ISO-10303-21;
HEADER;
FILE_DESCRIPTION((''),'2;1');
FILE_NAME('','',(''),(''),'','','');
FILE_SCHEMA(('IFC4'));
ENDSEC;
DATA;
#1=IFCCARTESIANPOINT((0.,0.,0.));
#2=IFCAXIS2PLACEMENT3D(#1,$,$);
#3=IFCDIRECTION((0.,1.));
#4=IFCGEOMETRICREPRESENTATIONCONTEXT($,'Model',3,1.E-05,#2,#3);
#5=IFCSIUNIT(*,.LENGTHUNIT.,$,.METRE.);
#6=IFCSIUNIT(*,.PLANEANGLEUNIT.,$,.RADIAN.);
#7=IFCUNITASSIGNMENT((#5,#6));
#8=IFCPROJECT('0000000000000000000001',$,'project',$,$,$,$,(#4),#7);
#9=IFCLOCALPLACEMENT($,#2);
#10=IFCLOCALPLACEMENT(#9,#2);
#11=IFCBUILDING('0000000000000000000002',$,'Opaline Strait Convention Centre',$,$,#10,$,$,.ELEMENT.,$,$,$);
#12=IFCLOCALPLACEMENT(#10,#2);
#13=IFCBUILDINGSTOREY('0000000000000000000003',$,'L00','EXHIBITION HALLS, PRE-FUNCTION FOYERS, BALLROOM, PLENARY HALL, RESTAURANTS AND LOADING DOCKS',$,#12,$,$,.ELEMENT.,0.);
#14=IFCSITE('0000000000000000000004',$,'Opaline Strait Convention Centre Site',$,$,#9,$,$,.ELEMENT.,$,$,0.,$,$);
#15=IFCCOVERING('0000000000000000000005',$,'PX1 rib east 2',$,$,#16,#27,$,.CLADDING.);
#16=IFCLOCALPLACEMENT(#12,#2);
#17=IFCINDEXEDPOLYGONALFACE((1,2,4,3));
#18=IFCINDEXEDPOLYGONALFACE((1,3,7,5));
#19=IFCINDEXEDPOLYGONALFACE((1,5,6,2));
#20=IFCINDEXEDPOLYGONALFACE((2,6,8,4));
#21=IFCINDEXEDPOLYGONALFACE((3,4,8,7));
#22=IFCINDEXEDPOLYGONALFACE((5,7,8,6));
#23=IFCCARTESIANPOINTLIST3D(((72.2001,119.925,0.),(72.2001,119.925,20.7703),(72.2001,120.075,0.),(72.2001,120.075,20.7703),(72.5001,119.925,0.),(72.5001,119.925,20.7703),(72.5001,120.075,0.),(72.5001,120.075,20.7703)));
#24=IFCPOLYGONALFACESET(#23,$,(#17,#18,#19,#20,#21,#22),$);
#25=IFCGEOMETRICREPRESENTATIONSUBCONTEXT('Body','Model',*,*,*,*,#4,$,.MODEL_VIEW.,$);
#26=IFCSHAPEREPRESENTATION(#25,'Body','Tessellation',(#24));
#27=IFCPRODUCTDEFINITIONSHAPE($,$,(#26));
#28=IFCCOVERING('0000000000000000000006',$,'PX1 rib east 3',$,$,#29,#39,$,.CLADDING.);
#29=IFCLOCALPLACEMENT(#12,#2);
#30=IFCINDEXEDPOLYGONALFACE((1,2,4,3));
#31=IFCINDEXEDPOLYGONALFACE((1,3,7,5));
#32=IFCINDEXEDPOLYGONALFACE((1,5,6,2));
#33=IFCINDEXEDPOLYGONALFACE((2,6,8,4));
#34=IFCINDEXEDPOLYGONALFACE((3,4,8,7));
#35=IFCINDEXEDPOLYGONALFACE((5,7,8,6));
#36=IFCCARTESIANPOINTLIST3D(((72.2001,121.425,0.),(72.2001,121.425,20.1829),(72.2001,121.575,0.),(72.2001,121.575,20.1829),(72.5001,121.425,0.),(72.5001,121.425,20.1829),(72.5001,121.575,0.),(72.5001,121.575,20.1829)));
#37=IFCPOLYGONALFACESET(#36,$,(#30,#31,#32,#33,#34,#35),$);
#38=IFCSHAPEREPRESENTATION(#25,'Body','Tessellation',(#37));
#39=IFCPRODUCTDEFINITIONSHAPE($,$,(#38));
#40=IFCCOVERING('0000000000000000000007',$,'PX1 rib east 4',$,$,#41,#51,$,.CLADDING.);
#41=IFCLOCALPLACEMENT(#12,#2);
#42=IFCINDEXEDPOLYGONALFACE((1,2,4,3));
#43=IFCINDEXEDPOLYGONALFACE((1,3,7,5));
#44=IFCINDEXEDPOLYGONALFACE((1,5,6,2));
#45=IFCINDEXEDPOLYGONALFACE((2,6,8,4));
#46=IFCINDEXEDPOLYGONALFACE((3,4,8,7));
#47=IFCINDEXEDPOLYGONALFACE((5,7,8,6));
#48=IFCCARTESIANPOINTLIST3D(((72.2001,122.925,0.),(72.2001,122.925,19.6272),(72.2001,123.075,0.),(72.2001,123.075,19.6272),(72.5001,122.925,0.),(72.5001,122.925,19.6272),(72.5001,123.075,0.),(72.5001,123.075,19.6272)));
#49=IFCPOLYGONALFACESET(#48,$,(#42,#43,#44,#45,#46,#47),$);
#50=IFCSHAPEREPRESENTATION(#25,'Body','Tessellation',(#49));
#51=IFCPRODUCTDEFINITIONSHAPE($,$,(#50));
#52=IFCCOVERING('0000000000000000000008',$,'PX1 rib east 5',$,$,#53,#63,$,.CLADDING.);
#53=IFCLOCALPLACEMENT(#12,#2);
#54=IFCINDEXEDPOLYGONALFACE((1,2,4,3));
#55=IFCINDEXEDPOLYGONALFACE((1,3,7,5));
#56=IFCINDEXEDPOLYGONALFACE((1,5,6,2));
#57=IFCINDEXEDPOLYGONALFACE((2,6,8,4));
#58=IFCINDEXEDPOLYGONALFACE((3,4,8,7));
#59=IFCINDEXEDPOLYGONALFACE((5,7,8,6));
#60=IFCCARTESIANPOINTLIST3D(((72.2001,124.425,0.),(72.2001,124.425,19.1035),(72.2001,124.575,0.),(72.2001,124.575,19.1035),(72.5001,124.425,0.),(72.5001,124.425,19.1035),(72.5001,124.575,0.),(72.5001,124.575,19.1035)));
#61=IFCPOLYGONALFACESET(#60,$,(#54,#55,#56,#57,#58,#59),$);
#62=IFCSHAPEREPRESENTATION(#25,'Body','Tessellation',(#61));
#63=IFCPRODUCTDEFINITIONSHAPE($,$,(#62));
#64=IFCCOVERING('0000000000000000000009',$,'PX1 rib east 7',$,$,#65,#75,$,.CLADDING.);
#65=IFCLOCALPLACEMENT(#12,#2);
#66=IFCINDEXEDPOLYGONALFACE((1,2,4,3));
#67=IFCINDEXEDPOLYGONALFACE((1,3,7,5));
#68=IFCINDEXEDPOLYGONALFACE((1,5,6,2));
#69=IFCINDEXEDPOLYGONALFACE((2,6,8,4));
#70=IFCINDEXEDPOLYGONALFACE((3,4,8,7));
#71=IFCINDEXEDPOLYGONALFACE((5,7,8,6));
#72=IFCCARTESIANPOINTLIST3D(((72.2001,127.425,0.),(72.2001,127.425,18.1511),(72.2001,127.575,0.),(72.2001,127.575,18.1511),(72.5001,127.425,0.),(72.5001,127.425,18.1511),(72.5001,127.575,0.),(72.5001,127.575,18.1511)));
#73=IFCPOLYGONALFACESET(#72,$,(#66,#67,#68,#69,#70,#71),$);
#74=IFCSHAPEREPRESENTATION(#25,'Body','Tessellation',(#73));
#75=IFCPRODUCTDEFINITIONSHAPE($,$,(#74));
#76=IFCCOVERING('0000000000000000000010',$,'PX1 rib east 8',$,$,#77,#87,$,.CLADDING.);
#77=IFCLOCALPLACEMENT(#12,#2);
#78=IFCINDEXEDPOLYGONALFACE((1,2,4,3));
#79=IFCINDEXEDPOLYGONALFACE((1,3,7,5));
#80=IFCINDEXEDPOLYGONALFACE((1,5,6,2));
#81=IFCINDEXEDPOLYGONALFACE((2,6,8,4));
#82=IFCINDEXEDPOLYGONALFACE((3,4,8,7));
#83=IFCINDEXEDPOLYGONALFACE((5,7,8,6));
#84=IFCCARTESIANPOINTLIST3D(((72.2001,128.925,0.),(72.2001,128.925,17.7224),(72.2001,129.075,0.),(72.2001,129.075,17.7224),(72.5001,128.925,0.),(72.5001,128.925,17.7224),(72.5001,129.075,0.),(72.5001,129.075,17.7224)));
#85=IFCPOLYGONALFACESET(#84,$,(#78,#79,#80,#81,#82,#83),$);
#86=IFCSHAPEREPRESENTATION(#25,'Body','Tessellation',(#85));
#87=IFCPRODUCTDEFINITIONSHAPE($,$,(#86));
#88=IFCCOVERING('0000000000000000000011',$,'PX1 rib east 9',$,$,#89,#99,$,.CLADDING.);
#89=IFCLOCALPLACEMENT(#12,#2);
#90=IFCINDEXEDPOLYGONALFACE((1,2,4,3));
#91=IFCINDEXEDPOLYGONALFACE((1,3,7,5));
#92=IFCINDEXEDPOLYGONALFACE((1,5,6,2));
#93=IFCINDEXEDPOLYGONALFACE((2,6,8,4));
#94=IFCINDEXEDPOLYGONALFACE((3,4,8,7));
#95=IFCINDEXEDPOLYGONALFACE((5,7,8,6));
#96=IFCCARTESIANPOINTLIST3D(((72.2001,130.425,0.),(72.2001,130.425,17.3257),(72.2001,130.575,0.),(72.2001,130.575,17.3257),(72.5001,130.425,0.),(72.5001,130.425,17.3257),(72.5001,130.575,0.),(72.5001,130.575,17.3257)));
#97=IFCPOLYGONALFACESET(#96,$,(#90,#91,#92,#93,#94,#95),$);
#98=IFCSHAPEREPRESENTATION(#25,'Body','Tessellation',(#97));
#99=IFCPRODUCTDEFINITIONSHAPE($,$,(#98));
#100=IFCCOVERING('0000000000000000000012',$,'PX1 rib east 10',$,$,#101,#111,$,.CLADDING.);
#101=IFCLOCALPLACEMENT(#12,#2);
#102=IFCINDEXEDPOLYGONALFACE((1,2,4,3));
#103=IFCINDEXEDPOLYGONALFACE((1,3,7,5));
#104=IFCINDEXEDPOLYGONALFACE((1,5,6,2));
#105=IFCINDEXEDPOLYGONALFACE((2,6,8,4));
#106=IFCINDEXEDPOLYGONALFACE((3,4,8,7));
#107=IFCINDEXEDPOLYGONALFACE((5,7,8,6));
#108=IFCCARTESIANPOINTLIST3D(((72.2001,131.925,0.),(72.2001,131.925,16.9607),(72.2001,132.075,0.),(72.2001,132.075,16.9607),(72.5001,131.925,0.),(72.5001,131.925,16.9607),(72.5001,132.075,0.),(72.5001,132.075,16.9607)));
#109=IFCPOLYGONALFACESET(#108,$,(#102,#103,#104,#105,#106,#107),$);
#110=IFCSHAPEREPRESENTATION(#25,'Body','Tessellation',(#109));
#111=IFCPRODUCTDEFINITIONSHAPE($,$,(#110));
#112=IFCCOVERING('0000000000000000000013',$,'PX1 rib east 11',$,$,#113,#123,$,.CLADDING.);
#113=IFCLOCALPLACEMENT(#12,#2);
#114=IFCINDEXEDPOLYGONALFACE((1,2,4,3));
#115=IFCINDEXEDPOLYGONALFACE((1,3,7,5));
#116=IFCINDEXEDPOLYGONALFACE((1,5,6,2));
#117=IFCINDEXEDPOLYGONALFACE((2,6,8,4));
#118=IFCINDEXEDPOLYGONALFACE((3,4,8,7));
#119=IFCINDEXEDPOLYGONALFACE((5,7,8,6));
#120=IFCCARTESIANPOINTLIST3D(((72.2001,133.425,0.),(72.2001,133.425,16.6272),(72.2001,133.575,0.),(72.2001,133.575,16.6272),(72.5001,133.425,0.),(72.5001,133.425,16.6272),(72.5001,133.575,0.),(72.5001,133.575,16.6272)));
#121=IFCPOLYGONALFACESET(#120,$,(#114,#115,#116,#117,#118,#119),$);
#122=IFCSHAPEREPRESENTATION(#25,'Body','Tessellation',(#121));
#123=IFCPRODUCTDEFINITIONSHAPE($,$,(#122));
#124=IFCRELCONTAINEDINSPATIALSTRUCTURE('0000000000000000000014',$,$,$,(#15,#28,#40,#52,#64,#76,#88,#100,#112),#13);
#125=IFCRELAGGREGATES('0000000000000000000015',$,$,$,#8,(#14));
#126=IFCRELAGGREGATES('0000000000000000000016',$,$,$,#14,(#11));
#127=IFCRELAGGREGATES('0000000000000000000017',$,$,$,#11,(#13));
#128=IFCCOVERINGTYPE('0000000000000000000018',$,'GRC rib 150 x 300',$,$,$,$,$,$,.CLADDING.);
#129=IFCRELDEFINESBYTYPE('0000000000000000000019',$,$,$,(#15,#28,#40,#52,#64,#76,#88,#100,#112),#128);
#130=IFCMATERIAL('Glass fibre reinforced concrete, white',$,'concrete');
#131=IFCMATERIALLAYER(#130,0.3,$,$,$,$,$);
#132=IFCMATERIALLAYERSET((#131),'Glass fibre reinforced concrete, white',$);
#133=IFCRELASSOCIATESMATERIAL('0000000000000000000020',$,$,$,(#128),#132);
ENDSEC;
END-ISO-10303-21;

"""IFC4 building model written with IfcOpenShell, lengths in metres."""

from ifc_helpers import new_model, si_unit, direction, frame, origin, origin_2d, place, context, subcontext, project, spatial, rectangle, extrude, material, layer, layer_set, type_object, element, save


model = new_model("IFC4")

# Units and contexts
model_context = context("Model", 3, precision=1e-05, world=origin(), true_north=direction((0.0, 1.0)))
body_context = subcontext(model_context, "Body", "Model", "MODEL_VIEW")
ifc_project = project(units=[si_unit("LENGTHUNIT", "METRE"), si_unit("PLANEANGLEUNIT", "RADIAN")], contexts=[model_context])

# Site, building, storey
site_placement = place(None, origin())
site = spatial("IfcSite", under=ifc_project, at=site_placement, Name="Opaline Strait Convention Centre Site", CompositionType="ELEMENT", RefElevation=0.0)
building_placement = place(site_placement, origin())
building = spatial("IfcBuilding", under=site, at=building_placement, Name="Opaline Strait Convention Centre", CompositionType="ELEMENT")
storey_placement = place(building_placement, origin())
storey = spatial("IfcBuildingStorey", under=building, at=storey_placement, Name="L00", Description="EXHIBITION HALLS, PRE-FUNCTION FOYERS, BALLROOM, PLENARY HALL, RESTAURANTS AND LOADING DOCKS", CompositionType="ELEMENT", Elevation=0.0)

# Coverings
ifc_material_1 = material(Name="Glass fibre reinforced concrete, white", Category="concrete")
ifc_layer = layer(ifc_material_1, 0.3)
ifc_layer_set = layer_set([ifc_layer], Name="Glass fibre reinforced concrete, white")
covering_type_1 = type_object("IfcCoveringType", Name="GRC rib 150 x 300", PredefinedType="CLADDING", material=ifc_layer_set)
covering_1_placement = place(storey_placement, frame((72.3501, 120.0, 0.0), z_axis=(0.0, 0.0, 1.0), x_axis=(1.0, 0.0, 0.0)))
element("IfcCovering", 1, at=covering_1_placement, inside=storey, type_object=covering_type_1, Name="PX1 rib east 2", PredefinedType="CLADDING", context=body_context, shape_type="SweptSolid", body=[
    extrude(rectangle(XDim=0.3, YDim=0.1499, at=origin_2d()), origin(), (0.0, 0.0, 1.0), 20.7703),
])
covering_2_placement = place(storey_placement, frame((72.3501, 121.5, 0.0), z_axis=(0.0, 0.0, 1.0), x_axis=(1.0, 0.0, 0.0)))
element("IfcCovering", 2, at=covering_2_placement, inside=storey, type_object=covering_type_1, Name="PX1 rib east 3", PredefinedType="CLADDING", context=body_context, shape_type="SweptSolid", body=[
    extrude(rectangle(XDim=0.3, YDim=0.1499, at=origin_2d()), origin(), (0.0, 0.0, 1.0), 20.1829),
])
covering_3_placement = place(storey_placement, frame((72.3501, 123.0, 0.0), z_axis=(0.0, 0.0, 1.0), x_axis=(1.0, 0.0, 0.0)))
element("IfcCovering", 3, at=covering_3_placement, inside=storey, type_object=covering_type_1, Name="PX1 rib east 4", PredefinedType="CLADDING", context=body_context, shape_type="SweptSolid", body=[
    extrude(rectangle(XDim=0.3, YDim=0.1499, at=origin_2d()), origin(), (0.0, 0.0, 1.0), 19.6272),
])
covering_4_placement = place(storey_placement, frame((72.3501, 124.5, 0.0), z_axis=(0.0, 0.0, 1.0), x_axis=(1.0, 0.0, 0.0)))
element("IfcCovering", 4, at=covering_4_placement, inside=storey, type_object=covering_type_1, Name="PX1 rib east 5", PredefinedType="CLADDING", context=body_context, shape_type="SweptSolid", body=[
    extrude(rectangle(XDim=0.3, YDim=0.1499, at=origin_2d()), origin(), (0.0, 0.0, 1.0), 19.1035),
])
covering_5_placement = place(storey_placement, frame((72.3501, 127.5, 0.0), z_axis=(0.0, 0.0, 1.0), x_axis=(1.0, 0.0, 0.0)))
element("IfcCovering", 5, at=covering_5_placement, inside=storey, type_object=covering_type_1, Name="PX1 rib east 7", PredefinedType="CLADDING", context=body_context, shape_type="SweptSolid", body=[
    extrude(rectangle(XDim=0.3, YDim=0.1499, at=origin_2d()), origin(), (0.0, 0.0, 1.0), 18.1511),
])
covering_6_placement = place(storey_placement, frame((72.3501, 129.0, 0.0), z_axis=(0.0, 0.0, 1.0), x_axis=(1.0, 0.0, 0.0)))
element("IfcCovering", 6, at=covering_6_placement, inside=storey, type_object=covering_type_1, Name="PX1 rib east 8", PredefinedType="CLADDING", context=body_context, shape_type="SweptSolid", body=[
    extrude(rectangle(XDim=0.3, YDim=0.1499, at=origin_2d()), origin(), (0.0, 0.0, 1.0), 17.7224),
])
covering_7_placement = place(storey_placement, frame((72.3501, 130.5, 0.0), z_axis=(0.0, 0.0, 1.0), x_axis=(1.0, 0.0, 0.0)))
element("IfcCovering", 7, at=covering_7_placement, inside=storey, type_object=covering_type_1, Name="PX1 rib east 9", PredefinedType="CLADDING", context=body_context, shape_type="SweptSolid", body=[
    extrude(rectangle(XDim=0.3, YDim=0.1499, at=origin_2d()), origin(), (0.0, 0.0, 1.0), 17.3257),
])
covering_8_placement = place(storey_placement, frame((72.3501, 132.0, 0.0), z_axis=(0.0, 0.0, 1.0), x_axis=(1.0, 0.0, 0.0)))
element("IfcCovering", 8, at=covering_8_placement, inside=storey, type_object=covering_type_1, Name="PX1 rib east 10", PredefinedType="CLADDING", context=body_context, shape_type="SweptSolid", body=[
    extrude(rectangle(XDim=0.3, YDim=0.1499, at=origin_2d()), origin(), (0.0, 0.0, 1.0), 16.9607),
])
covering_9_placement = place(storey_placement, frame((72.3501, 133.5, 0.0), z_axis=(0.0, 0.0, 1.0), x_axis=(1.0, 0.0, 0.0)))
element("IfcCovering", 9, at=covering_9_placement, inside=storey, type_object=covering_type_1, Name="PX1 rib east 11", PredefinedType="CLADDING", context=body_context, shape_type="SweptSolid", body=[
    extrude(rectangle(XDim=0.3, YDim=0.1499, at=origin_2d()), origin(), (0.0, 0.0, 1.0), 16.6272),
])

save(model, "model.ifc")
